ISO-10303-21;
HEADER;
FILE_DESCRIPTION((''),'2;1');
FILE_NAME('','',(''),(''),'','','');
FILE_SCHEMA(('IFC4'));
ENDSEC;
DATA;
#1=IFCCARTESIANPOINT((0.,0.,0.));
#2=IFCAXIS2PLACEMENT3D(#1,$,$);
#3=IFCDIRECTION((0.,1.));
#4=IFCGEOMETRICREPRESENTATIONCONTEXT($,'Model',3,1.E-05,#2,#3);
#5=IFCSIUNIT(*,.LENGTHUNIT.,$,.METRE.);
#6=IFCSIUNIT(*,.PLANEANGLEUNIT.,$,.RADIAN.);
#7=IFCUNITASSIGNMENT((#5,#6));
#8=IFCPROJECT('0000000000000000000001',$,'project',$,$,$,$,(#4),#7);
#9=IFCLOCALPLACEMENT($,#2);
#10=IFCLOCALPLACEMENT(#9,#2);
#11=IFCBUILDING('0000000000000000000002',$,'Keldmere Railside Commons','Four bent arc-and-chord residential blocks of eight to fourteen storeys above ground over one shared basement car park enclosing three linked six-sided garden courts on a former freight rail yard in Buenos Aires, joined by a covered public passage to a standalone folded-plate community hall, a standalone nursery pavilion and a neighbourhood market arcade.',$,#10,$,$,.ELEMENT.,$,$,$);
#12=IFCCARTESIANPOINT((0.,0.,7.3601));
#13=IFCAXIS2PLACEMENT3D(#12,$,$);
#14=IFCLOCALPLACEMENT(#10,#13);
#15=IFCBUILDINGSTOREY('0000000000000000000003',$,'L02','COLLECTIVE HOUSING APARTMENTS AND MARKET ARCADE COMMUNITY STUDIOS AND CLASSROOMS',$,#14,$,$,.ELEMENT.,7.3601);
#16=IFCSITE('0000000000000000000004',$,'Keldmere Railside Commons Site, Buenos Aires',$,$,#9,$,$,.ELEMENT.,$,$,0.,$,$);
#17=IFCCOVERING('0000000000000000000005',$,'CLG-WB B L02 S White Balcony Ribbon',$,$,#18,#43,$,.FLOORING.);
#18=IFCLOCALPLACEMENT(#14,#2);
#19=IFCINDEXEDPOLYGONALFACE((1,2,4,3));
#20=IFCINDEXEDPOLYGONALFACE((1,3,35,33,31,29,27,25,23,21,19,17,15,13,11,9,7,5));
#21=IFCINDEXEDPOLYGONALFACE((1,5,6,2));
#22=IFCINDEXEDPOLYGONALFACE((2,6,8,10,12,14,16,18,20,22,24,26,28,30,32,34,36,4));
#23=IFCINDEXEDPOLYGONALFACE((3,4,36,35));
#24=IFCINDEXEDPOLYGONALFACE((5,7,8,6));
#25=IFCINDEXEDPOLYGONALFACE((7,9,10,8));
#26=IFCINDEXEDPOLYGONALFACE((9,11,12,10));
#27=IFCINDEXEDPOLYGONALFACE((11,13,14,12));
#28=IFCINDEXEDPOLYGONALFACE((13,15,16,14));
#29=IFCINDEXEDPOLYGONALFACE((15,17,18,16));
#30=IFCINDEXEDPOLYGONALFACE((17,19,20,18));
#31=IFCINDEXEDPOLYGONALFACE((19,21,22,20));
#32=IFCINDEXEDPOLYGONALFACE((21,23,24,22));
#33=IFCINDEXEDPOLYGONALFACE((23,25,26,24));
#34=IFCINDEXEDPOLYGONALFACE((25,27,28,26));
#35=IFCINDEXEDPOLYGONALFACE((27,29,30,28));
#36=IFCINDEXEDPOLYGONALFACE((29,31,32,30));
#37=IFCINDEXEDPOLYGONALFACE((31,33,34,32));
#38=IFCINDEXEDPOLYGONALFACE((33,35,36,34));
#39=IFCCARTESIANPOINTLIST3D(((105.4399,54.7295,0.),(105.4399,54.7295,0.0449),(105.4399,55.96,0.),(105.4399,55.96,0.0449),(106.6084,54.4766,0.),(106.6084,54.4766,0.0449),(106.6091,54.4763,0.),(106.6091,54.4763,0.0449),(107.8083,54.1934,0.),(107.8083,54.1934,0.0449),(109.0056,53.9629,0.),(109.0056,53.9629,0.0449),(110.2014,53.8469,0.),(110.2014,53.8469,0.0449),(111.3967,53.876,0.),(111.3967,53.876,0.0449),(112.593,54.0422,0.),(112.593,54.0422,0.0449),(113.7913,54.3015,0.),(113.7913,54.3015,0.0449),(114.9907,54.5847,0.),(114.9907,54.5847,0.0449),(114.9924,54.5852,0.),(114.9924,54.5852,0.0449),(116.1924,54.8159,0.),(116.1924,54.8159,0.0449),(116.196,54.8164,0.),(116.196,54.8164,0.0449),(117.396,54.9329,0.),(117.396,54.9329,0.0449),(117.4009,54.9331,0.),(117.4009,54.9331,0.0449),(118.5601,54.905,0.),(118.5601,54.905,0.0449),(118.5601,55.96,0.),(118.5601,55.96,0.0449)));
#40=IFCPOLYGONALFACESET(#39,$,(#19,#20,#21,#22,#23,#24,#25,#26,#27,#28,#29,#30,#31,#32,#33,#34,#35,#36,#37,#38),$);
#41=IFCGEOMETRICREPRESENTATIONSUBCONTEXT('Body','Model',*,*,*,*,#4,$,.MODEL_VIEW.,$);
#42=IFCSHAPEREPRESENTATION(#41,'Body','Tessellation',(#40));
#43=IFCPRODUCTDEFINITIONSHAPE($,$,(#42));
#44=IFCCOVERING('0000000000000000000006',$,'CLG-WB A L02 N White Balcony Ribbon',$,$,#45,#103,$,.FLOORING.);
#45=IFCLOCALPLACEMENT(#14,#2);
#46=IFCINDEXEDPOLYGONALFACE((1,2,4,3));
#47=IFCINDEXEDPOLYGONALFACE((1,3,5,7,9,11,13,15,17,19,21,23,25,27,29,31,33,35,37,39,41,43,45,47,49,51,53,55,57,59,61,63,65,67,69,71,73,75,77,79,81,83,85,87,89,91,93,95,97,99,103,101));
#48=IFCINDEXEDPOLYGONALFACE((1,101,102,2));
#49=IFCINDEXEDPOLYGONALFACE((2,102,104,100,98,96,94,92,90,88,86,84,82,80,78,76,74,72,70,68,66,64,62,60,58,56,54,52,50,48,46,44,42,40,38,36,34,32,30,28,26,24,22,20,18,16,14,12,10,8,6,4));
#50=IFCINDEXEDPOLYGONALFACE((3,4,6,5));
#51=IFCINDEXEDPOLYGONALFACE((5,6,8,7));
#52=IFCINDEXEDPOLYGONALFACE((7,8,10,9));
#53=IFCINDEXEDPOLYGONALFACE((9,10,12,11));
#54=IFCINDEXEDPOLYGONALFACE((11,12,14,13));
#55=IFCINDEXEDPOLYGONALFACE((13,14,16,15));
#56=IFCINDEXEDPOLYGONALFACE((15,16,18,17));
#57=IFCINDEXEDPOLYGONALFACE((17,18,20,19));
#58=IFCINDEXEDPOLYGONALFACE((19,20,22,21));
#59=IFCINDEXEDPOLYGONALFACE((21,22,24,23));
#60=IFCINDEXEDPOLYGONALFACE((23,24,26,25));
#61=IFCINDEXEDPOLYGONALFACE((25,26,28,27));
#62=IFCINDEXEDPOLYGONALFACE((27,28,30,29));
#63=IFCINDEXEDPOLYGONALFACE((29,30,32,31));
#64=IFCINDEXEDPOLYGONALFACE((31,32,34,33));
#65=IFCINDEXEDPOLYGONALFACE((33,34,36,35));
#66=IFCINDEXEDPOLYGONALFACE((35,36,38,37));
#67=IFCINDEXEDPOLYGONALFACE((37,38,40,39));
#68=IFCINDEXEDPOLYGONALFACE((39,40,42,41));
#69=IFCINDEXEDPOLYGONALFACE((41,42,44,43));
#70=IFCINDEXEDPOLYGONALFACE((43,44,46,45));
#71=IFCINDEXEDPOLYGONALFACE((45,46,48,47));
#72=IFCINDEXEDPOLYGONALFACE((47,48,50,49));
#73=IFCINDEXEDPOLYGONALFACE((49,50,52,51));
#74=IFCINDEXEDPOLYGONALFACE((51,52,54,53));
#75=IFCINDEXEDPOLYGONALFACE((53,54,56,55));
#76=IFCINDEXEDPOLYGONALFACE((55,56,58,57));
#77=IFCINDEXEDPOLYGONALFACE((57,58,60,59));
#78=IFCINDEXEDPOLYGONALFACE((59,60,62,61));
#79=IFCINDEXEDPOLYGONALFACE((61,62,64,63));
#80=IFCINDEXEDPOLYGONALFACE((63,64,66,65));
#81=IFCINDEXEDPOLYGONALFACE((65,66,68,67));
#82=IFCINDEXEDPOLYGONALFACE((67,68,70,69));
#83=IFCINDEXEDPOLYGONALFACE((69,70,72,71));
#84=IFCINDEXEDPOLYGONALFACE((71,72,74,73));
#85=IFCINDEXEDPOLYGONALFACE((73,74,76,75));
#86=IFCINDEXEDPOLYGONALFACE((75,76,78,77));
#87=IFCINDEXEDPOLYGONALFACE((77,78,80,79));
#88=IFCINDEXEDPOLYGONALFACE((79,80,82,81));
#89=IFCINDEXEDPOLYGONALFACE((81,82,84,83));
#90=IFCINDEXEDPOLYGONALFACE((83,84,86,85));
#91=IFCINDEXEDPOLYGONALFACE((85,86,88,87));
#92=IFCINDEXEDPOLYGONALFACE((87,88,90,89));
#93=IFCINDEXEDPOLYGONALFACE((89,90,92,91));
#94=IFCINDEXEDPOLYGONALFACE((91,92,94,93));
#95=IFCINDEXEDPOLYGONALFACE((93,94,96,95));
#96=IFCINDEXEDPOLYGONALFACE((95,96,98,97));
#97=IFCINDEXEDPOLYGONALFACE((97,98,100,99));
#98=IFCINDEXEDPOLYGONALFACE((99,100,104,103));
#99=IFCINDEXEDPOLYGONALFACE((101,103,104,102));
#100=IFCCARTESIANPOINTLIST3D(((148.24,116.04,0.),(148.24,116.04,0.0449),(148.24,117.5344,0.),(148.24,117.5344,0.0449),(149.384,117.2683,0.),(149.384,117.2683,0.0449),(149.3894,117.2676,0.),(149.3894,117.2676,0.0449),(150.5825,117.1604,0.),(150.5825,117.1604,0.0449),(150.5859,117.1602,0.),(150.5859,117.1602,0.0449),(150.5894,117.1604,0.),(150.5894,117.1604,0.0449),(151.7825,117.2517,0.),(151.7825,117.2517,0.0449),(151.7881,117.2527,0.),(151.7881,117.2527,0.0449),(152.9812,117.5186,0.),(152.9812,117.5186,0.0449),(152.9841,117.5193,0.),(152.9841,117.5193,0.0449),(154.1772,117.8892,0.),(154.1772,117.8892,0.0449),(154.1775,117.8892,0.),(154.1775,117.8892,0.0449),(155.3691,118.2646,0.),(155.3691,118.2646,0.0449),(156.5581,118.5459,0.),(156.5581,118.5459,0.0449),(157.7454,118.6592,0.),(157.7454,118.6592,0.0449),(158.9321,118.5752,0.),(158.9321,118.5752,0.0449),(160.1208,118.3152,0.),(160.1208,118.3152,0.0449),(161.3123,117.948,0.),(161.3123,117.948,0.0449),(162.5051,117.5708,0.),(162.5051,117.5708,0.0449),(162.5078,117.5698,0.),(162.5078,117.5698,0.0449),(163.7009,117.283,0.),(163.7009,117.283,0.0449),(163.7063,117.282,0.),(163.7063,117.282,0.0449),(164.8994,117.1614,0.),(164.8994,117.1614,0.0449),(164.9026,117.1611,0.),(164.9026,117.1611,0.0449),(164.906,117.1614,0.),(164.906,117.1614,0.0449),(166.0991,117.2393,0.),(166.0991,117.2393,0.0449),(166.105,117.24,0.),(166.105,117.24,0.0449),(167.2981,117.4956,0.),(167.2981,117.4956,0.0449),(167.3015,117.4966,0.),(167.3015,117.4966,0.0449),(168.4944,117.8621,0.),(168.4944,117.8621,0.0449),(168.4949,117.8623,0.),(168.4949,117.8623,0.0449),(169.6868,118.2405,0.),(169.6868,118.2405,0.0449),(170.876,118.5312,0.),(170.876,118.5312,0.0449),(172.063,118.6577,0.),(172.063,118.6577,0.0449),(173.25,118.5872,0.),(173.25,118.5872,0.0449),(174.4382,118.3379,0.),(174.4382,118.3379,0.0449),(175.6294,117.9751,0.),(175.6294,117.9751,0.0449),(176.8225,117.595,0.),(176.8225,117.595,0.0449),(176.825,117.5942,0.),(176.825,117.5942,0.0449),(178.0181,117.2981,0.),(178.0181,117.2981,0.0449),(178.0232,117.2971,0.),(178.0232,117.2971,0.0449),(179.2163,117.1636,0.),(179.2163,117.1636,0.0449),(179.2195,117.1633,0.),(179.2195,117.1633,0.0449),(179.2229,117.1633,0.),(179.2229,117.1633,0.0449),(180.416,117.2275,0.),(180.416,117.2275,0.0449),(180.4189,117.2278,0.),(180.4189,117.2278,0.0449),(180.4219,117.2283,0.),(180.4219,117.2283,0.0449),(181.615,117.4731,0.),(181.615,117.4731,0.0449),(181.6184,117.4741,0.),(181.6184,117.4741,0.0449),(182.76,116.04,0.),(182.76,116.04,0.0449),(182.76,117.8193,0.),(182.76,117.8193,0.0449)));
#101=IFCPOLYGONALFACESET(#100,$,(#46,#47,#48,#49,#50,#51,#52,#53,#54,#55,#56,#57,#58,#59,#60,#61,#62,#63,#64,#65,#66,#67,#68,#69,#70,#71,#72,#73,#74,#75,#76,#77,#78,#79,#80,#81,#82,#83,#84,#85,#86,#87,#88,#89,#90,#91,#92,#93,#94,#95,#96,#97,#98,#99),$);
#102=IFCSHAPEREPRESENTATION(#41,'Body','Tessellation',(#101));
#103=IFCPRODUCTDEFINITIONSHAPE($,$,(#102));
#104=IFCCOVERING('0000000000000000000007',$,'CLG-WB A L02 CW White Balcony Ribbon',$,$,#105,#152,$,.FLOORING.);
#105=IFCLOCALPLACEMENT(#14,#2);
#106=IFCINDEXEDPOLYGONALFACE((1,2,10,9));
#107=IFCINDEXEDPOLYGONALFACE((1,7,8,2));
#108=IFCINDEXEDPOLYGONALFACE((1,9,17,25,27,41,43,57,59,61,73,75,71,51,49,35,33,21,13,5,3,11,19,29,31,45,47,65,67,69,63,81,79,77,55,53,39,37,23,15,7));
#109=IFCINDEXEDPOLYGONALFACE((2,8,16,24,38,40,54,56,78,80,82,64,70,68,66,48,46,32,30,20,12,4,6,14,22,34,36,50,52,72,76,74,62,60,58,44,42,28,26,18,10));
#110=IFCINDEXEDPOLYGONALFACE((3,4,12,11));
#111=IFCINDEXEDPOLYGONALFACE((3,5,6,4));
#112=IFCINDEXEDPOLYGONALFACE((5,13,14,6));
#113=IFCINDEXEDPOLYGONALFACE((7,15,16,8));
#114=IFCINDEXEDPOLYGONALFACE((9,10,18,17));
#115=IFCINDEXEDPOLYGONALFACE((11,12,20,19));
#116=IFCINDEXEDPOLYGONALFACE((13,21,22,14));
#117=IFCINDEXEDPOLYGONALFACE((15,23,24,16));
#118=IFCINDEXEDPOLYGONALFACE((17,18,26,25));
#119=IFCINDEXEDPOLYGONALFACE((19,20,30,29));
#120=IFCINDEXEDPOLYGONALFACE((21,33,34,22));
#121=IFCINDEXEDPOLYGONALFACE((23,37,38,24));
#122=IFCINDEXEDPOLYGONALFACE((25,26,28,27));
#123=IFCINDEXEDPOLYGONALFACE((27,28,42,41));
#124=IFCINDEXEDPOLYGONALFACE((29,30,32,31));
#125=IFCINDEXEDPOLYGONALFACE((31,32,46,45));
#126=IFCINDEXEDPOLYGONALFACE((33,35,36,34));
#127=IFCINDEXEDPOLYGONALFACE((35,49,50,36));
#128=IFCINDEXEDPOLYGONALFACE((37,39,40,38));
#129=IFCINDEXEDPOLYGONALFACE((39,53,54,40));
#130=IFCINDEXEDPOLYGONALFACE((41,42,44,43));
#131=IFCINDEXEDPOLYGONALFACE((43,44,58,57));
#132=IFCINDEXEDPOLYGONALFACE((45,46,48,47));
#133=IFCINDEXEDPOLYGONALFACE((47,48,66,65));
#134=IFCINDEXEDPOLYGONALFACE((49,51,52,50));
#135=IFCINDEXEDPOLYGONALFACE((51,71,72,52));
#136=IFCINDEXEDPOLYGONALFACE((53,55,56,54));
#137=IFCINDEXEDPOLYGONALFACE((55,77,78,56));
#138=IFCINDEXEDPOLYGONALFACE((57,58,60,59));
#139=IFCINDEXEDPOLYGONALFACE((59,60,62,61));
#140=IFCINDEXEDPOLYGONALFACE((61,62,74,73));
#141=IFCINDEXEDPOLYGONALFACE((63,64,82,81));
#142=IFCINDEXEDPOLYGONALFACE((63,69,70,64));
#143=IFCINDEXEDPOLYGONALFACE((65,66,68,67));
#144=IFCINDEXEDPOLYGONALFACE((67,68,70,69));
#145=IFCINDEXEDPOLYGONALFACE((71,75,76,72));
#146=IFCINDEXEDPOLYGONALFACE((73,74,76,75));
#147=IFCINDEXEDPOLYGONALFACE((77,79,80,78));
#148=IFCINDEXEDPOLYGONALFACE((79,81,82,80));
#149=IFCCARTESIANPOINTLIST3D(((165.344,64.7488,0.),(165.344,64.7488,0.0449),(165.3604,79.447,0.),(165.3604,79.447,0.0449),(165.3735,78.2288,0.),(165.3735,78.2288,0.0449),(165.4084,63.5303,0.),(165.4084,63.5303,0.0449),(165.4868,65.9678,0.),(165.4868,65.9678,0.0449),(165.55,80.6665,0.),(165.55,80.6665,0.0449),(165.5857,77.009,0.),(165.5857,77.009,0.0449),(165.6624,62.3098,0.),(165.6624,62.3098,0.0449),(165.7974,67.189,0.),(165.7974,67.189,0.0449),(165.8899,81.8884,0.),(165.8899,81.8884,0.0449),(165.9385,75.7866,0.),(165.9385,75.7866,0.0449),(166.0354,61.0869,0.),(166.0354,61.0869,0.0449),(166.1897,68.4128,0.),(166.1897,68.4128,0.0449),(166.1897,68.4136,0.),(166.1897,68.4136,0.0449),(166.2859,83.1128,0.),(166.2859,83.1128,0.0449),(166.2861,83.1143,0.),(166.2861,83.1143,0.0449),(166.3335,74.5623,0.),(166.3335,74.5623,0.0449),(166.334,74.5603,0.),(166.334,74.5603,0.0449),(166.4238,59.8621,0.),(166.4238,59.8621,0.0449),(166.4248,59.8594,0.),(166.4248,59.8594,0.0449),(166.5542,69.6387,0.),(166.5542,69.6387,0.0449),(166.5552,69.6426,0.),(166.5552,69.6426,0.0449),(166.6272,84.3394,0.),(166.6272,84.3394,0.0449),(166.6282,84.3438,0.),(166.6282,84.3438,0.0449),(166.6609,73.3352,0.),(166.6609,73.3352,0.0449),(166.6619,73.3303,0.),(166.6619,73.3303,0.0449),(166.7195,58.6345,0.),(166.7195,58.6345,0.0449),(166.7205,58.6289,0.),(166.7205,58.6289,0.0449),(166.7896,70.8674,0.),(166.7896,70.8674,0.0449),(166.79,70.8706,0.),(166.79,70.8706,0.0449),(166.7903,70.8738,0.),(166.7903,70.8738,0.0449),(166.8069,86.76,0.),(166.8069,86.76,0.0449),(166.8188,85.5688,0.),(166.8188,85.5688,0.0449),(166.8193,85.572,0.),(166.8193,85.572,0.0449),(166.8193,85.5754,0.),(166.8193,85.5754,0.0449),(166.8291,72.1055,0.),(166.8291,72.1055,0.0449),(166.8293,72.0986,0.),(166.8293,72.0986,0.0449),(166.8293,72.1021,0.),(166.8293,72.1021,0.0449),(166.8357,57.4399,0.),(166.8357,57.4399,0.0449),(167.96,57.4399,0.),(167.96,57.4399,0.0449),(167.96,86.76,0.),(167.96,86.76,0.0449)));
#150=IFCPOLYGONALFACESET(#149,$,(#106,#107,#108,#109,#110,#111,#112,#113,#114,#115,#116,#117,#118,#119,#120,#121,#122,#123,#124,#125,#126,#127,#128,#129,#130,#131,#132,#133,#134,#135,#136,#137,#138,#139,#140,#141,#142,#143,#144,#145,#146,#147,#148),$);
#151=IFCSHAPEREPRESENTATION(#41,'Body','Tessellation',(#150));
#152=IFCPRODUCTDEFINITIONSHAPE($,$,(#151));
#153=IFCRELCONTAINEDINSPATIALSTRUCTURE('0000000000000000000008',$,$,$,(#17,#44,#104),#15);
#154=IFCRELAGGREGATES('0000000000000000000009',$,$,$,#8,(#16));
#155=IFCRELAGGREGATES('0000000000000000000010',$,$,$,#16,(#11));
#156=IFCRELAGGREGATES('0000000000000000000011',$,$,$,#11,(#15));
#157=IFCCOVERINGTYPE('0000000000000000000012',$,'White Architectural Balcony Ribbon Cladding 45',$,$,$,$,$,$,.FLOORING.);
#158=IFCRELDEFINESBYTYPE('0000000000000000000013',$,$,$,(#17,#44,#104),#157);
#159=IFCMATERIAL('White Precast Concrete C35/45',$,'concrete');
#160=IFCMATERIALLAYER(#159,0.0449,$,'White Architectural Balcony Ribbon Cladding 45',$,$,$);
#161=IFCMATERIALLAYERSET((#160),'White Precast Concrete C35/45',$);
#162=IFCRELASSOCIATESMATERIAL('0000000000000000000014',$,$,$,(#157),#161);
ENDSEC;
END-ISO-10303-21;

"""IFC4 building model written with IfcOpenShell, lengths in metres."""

from ifc_helpers import new_model, si_unit, direction, frame, origin, place, context, subcontext, project, spatial, polyline, outline, extrude, material, layer, layer_set, type_object, element, save


model = new_model("IFC4")

# Units and contexts
model_context = context("Model", 3, precision=1e-05, world=origin(), true_north=direction((0.0, 1.0)))
body_context = subcontext(model_context, "Body", "Model", "MODEL_VIEW")
ifc_project = project(units=[si_unit("LENGTHUNIT", "METRE"), si_unit("PLANEANGLEUNIT", "RADIAN")], contexts=[model_context])

# Site, building, storey
site_placement = place(None, origin())
site = spatial("IfcSite", under=ifc_project, at=site_placement, Name="Keldmere Railside Commons Site, Buenos Aires", CompositionType="ELEMENT", RefElevation=0.0)
building_placement = place(site_placement, origin())
building = spatial("IfcBuilding", under=site, at=building_placement, Name="Keldmere Railside Commons", Description="Four bent arc-and-chord residential blocks of eight to fourteen storeys above ground over one shared basement car park enclosing three linked six-sided garden courts on a former freight rail yard in Buenos Aires, joined by a covered public passage to a standalone folded-plate community hall, a standalone nursery pavilion and a neighbourhood market arcade.", CompositionType="ELEMENT")
storey_placement = place(building_placement, frame((0.0, 0.0, 7.3601)))
storey = spatial("IfcBuildingStorey", under=building, at=storey_placement, Name="L02", Description="COLLECTIVE HOUSING APARTMENTS AND MARKET ARCADE COMMUNITY STUDIOS AND CLASSROOMS", CompositionType="ELEMENT", Elevation=7.3601)

# Coverings
ifc_material_1 = material(Name="White Precast Concrete C35/45", Category="concrete")
ifc_layer_1 = layer(ifc_material_1, 0.0449, Name="White Architectural Balcony Ribbon Cladding 45")
ifc_layer_set_1 = layer_set([ifc_layer_1], Name="White Precast Concrete C35/45")
covering_type_1 = type_object("IfcCoveringType", Name="White Architectural Balcony Ribbon Cladding 45", PredefinedType="FLOORING", material=ifc_layer_set_1)
covering_1_placement = place(storey_placement, origin())
element("IfcCovering", 1, at=covering_1_placement, inside=storey, type_object=covering_type_1, Name="CLG-WB B L02 S White Balcony Ribbon", PredefinedType="FLOORING", context=body_context, shape_type="SweptSolid", body=[
    extrude(outline(polyline([(106.6084, 54.4766), (106.6091, 54.4763), (107.8083, 54.1934), (109.0056, 53.9629), (110.2014, 53.8469), (111.3967, 53.876), (112.593, 54.0422), (113.7913, 54.3015), (114.9907, 54.5847), (114.9924, 54.5852), (116.1924, 54.8159), (116.196, 54.8164), (117.396, 54.9329), (117.4009, 54.9331), (118.5601, 54.905), (118.5601, 55.96), (105.4399, 55.96), (105.4399, 54.7295), (106.6084, 54.4766)])), origin(), (0.0, 0.0, 1.0), 0.0449),
])
covering_2_placement = place(storey_placement, origin())
element("IfcCovering", 2, at=covering_2_placement, inside=storey, type_object=covering_type_1, Name="CLG-WB A L02 N White Balcony Ribbon", PredefinedType="FLOORING", context=body_context, shape_type="SweptSolid", body=[
    extrude(outline(polyline([(182.76, 116.04), (182.76, 117.8193), (181.6184, 117.4741), (181.615, 117.4731), (180.4219, 117.2283), (180.4189, 117.2278), (180.416, 117.2275), (179.2229, 117.1633), (179.2195, 117.1633), (179.2163, 117.1636), (178.0232, 117.2971), (178.0181, 117.2981), (176.825, 117.5942), (176.8225, 117.595), (175.6294, 117.9751), (174.4382, 118.3379), (173.25, 118.5872), (172.063, 118.6577), (170.876, 118.5312), (169.6868, 118.2405), (168.4949, 117.8623), (168.4944, 117.8621), (167.3015, 117.4966), (167.2981, 117.4956), (166.105, 117.24), (166.0991, 117.2393), (164.906, 117.1614), (164.9026, 117.1611), (164.8994, 117.1614), (163.7063, 117.282), (163.7009, 117.283), (162.5078, 117.5698), (162.5051, 117.5708), (161.3123, 117.948), (160.1208, 118.3152), (158.9321, 118.5752), (157.7454, 118.6592), (156.5581, 118.5459), (155.3691, 118.2646), (154.1775, 117.8892), (154.1772, 117.8892), (152.9841, 117.5193), (152.9812, 117.5186), (151.7881, 117.2527), (151.7825, 117.2517), (150.5894, 117.1604), (150.5859, 117.1602), (150.5825, 117.1604), (149.3894, 117.2676), (149.384, 117.2683), (148.24, 117.5344), (148.24, 116.04), (182.76, 116.04)])), origin(), (0.0, 0.0, 1.0), 0.0449),
])
covering_3_placement = place(storey_placement, origin())
element("IfcCovering", 3, at=covering_3_placement, inside=storey, type_object=covering_type_1, Name="CLG-WB A L02 CW White Balcony Ribbon", PredefinedType="FLOORING", context=body_context, shape_type="SweptSolid", body=[
    extrude(outline(polyline([(167.96, 86.76), (166.8069, 86.76), (166.8193, 85.5754), (166.8193, 85.572), (166.8188, 85.5688), (166.6282, 84.3438), (166.6272, 84.3394), (166.2861, 83.1143), (166.2859, 83.1128), (165.8899, 81.8884), (165.55, 80.6665), (165.3604, 79.447), (165.3735, 78.2288), (165.5857, 77.009), (165.9385, 75.7866), (166.3335, 74.5623), (166.334, 74.5603), (166.6609, 73.3352), (166.6619, 73.3303), (166.8291, 72.1055), (166.8293, 72.1021), (166.8293, 72.0986), (166.7903, 70.8738), (166.79, 70.8706), (166.7896, 70.8674), (166.5552, 69.6426), (166.5542, 69.6387), (166.1897, 68.4136), (166.1897, 68.4128), (165.7974, 67.189), (165.4868, 65.9678), (165.344, 64.7488), (165.4084, 63.5303), (165.6624, 62.3098), (166.0354, 61.0869), (166.4238, 59.8621), (166.4248, 59.8594), (166.7195, 58.6345), (166.7205, 58.6289), (166.8357, 57.4399), (167.96, 57.4399), (167.96, 86.76)])), origin(), (0.0, 0.0, 1.0), 0.0449),
])

save(model, "model.ifc")
